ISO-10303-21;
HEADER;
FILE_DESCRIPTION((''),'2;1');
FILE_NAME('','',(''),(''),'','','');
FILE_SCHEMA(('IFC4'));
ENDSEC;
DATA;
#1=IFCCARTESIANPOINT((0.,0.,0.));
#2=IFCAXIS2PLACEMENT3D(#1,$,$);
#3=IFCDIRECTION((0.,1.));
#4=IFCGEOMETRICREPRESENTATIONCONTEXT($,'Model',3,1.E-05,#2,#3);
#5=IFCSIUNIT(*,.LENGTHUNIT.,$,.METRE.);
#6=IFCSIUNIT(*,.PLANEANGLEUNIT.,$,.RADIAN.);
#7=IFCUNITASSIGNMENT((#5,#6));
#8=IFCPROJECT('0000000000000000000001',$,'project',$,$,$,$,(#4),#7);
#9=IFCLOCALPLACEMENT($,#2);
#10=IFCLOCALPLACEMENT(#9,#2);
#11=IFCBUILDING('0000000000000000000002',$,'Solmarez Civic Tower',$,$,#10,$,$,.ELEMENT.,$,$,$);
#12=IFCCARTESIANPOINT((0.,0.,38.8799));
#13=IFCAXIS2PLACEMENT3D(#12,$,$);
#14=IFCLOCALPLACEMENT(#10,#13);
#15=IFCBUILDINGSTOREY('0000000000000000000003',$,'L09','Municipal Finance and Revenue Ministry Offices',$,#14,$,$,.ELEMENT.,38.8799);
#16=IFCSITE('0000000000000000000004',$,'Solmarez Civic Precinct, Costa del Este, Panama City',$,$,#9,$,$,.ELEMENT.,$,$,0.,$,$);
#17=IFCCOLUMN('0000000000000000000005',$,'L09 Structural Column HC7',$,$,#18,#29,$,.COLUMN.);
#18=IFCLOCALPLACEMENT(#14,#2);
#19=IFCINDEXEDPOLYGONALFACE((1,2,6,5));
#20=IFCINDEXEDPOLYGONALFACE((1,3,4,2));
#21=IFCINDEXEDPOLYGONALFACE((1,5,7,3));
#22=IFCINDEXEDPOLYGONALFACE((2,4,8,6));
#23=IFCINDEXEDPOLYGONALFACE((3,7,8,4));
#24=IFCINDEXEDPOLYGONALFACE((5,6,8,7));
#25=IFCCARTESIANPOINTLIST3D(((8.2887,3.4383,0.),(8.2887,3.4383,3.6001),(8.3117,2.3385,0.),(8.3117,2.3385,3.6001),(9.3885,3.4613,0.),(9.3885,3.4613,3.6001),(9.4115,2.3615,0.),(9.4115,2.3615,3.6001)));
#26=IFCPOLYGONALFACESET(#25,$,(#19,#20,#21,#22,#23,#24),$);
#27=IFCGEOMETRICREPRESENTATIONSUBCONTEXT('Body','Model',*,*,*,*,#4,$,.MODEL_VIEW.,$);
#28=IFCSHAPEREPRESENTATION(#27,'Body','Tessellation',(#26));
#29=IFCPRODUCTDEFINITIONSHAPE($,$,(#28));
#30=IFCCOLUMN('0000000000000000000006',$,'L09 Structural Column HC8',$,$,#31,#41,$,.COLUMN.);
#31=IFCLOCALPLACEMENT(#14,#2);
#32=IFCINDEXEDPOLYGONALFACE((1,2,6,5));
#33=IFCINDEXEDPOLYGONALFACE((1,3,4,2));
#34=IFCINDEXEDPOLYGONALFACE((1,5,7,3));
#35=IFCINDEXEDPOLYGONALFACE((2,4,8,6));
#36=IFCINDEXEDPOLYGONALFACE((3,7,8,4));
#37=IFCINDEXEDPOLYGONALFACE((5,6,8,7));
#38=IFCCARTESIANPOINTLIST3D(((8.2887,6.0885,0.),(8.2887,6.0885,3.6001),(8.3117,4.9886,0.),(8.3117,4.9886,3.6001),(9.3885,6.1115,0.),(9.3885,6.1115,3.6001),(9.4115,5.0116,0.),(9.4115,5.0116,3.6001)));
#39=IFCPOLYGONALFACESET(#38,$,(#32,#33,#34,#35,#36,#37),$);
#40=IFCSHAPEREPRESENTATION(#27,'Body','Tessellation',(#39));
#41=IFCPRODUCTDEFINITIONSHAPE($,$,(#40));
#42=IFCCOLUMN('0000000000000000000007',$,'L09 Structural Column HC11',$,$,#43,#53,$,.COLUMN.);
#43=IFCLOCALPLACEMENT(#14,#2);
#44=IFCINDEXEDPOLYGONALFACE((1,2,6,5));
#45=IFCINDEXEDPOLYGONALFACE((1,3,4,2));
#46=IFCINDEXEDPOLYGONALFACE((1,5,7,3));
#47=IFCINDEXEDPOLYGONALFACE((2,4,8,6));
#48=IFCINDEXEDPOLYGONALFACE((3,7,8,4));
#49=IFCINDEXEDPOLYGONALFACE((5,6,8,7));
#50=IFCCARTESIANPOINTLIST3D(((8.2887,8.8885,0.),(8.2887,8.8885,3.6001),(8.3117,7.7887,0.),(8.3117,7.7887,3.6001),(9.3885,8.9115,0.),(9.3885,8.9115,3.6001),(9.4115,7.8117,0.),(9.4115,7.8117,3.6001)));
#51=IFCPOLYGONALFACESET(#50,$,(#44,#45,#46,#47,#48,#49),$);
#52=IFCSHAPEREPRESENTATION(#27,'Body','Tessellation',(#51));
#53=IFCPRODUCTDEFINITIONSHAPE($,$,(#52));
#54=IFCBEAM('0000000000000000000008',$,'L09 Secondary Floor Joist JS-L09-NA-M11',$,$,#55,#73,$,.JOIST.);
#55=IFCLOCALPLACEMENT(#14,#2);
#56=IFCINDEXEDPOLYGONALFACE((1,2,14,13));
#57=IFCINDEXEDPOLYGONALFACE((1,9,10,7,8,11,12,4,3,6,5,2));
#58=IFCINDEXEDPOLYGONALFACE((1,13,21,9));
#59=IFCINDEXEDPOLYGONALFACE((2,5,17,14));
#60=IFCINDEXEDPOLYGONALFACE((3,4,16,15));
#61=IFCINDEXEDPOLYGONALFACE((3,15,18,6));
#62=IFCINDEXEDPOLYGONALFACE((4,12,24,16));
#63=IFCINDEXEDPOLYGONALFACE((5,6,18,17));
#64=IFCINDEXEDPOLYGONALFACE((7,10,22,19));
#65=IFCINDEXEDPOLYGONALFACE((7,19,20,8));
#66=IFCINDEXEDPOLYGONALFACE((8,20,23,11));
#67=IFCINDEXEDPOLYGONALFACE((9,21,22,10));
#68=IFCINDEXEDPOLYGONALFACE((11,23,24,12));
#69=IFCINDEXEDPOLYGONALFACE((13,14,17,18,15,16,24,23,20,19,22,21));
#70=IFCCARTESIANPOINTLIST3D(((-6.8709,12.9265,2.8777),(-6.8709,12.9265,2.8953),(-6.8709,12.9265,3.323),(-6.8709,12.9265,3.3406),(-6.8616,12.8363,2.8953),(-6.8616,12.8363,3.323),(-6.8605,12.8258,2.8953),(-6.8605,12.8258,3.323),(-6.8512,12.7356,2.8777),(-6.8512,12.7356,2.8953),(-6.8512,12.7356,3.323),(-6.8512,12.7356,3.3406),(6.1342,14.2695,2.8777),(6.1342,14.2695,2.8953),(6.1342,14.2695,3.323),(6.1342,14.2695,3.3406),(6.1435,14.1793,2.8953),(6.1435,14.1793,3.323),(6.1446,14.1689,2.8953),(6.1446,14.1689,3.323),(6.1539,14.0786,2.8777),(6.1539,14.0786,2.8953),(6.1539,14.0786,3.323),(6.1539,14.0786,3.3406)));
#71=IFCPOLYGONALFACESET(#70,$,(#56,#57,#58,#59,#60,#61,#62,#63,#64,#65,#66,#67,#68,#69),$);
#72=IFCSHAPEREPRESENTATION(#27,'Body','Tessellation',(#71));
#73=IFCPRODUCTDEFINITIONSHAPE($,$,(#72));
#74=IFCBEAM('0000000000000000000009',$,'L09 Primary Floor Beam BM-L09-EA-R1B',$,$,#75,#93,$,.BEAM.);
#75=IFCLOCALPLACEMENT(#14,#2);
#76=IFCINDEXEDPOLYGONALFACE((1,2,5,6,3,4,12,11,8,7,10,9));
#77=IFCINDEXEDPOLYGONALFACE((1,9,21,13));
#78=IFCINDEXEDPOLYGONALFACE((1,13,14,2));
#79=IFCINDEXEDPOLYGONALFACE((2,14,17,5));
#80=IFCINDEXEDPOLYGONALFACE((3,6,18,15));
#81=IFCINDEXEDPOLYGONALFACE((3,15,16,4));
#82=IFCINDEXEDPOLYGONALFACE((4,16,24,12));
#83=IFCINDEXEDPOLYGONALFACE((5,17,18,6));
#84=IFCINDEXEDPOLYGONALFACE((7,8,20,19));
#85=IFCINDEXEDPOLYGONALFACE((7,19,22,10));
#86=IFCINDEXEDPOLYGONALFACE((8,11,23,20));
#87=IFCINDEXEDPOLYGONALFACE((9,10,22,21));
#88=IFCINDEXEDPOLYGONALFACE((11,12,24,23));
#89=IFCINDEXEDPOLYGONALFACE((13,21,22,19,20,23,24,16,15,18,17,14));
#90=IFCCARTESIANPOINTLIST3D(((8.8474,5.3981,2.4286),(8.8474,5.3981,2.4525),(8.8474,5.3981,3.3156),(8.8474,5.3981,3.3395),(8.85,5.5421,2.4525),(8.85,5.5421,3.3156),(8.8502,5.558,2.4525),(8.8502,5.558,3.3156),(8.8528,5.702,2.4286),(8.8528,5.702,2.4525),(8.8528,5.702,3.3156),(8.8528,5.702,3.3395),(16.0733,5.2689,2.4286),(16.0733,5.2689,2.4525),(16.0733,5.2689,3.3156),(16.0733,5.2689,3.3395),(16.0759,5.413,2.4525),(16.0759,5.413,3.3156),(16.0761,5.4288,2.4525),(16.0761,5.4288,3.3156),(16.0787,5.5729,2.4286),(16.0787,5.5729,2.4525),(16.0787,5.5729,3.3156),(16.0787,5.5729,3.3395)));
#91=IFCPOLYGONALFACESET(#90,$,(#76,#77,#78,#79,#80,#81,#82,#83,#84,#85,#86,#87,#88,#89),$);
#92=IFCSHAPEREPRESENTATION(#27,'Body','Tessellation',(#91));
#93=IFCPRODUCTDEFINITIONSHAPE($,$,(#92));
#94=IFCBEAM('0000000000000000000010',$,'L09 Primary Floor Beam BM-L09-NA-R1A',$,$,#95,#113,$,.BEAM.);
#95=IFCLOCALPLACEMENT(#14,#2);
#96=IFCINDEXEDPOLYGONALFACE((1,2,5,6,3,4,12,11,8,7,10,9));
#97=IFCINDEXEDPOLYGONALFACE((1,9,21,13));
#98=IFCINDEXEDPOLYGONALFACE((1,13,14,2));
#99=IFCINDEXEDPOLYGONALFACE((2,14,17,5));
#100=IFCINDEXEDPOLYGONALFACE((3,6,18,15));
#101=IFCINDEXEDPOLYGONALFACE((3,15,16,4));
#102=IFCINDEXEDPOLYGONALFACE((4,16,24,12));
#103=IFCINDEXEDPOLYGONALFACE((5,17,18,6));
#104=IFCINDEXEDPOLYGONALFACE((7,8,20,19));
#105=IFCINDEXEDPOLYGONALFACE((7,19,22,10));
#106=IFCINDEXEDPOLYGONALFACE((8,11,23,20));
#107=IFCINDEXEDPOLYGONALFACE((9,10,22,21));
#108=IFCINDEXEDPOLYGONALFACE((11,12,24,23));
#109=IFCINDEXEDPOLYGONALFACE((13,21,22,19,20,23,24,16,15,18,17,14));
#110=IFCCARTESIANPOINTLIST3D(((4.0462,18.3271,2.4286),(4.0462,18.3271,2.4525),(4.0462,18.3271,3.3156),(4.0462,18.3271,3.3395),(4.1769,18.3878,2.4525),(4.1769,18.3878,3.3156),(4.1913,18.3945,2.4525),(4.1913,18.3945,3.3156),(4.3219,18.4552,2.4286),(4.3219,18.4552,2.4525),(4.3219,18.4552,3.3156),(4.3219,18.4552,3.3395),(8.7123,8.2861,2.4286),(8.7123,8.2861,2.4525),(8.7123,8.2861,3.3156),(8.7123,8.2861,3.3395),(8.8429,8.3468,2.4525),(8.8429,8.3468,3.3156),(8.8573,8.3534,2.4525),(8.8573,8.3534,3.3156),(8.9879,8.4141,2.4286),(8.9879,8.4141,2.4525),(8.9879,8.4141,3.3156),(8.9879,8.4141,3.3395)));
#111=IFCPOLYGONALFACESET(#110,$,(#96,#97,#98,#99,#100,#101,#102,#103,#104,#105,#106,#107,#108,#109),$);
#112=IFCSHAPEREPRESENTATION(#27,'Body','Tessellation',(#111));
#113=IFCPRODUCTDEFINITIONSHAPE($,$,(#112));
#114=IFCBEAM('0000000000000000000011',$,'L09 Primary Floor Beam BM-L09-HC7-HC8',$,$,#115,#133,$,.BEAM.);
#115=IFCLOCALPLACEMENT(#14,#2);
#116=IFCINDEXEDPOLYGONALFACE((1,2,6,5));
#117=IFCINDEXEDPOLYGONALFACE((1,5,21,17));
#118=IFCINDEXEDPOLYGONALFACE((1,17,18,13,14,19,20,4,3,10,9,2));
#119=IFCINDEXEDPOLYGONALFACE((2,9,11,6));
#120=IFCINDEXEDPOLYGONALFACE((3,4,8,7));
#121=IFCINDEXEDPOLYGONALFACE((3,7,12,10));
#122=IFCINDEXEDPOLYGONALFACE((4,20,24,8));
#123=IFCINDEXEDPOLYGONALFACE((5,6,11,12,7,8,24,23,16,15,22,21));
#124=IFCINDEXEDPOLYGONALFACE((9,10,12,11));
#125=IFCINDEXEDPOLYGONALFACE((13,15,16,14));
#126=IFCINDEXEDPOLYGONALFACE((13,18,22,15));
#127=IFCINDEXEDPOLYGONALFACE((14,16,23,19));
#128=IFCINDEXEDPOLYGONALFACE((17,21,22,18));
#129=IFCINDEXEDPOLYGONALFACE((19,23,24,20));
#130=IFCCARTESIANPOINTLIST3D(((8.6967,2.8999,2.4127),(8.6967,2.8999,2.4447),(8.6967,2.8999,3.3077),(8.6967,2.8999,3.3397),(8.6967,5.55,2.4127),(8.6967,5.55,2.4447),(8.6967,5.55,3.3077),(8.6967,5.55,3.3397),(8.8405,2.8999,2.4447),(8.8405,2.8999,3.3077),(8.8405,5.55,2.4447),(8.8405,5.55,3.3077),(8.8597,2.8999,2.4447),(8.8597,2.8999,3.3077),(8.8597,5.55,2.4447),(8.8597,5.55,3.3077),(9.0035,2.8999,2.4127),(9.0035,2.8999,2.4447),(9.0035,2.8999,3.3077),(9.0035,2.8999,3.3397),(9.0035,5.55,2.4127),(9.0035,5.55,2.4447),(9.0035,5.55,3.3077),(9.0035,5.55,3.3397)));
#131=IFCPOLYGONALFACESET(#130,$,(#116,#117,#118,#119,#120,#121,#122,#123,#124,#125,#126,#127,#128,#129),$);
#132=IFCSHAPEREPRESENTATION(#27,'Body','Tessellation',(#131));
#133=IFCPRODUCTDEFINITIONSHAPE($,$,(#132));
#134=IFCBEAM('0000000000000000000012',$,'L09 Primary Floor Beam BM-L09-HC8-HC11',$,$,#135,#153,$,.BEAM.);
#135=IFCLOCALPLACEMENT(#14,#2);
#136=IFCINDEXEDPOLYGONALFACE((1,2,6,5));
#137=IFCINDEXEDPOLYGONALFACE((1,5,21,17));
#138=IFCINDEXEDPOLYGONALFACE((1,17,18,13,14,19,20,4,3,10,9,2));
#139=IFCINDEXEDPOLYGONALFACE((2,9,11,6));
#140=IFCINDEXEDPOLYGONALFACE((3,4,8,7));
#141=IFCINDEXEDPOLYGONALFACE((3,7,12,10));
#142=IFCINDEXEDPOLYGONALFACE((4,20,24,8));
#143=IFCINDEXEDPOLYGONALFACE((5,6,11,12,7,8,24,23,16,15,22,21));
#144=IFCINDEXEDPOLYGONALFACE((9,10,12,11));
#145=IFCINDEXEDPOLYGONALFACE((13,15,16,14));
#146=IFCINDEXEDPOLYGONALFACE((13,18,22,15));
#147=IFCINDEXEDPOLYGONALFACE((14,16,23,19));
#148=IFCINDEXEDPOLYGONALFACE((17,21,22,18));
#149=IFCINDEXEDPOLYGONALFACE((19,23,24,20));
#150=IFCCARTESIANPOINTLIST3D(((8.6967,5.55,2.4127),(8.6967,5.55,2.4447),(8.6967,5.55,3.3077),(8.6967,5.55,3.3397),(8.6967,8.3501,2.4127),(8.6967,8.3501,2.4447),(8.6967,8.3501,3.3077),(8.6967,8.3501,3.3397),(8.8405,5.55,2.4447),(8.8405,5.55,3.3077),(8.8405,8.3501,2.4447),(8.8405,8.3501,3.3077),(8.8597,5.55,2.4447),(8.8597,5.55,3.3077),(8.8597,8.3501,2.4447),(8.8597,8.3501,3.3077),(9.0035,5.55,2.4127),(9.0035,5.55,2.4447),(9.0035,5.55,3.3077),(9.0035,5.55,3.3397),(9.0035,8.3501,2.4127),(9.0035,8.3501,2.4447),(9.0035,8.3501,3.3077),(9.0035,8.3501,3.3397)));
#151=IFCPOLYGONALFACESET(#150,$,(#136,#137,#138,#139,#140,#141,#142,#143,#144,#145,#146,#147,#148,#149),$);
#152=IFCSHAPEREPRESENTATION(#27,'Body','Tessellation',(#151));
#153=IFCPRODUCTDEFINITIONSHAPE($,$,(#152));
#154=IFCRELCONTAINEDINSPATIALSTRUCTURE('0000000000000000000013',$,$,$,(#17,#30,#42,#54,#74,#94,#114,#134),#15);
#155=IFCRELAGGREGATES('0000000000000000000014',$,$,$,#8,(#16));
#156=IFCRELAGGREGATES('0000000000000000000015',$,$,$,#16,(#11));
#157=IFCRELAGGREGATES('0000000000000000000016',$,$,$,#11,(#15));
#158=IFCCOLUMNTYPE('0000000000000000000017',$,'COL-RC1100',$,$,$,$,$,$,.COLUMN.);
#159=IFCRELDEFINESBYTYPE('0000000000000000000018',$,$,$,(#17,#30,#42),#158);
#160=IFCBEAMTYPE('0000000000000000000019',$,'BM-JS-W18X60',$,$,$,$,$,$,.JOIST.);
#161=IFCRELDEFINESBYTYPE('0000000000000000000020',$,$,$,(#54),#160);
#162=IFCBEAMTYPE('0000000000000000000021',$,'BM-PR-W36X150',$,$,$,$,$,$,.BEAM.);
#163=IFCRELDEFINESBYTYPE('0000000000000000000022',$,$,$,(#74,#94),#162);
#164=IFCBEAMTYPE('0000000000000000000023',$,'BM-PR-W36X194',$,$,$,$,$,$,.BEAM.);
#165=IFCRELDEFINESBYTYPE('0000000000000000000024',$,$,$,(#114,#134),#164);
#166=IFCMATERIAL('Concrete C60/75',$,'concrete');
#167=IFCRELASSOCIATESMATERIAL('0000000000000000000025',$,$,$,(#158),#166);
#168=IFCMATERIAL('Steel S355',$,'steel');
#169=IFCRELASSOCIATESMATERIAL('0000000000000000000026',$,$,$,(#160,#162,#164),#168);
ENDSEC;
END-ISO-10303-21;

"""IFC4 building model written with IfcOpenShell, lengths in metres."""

from ifc_helpers import new_model, si_unit, direction, frame, origin, origin_2d, place, context, subcontext, project, spatial, rectangle, i_section, extrude, material, material_profile, profile_set, type_object, element, save


model = new_model("IFC4")

# Units and contexts
model_context = context("Model", 3, precision=1e-05, world=origin(), true_north=direction((0.0, 1.0)))
body_context = subcontext(model_context, "Body", "Model", "MODEL_VIEW")
ifc_project = project(units=[si_unit("LENGTHUNIT", "METRE"), si_unit("PLANEANGLEUNIT", "RADIAN")], contexts=[model_context])

# Site, building, storey
site_placement = place(None, origin())
site = spatial("IfcSite", under=ifc_project, at=site_placement, Name="Solmarez Civic Precinct, Costa del Este, Panama City", CompositionType="ELEMENT", RefElevation=0.0)
building_placement = place(site_placement, origin())
building = spatial("IfcBuilding", under=site, at=building_placement, Name="Solmarez Civic Tower", CompositionType="ELEMENT")
storey_placement = place(building_placement, frame((0.0, 0.0, 38.8799)))
storey = spatial("IfcBuildingStorey", under=building, at=storey_placement, Name="L09", Description="Municipal Finance and Revenue Ministry Offices", CompositionType="ELEMENT", Elevation=38.8799)

# Columns
ifc_material_1 = material(Name="Concrete C60/75", Category="concrete")
ifc_material_profile_1 = material_profile(ifc_material_1, rectangle(XDim=1.1001, YDim=1.1001, at=origin_2d()), Name="RC1100X1100")
ifc_profile_set_1 = profile_set([ifc_material_profile_1], Name="Concrete C60/75")
column_type = type_object("IfcColumnType", Name="COL-RC1100", PredefinedType="COLUMN", material=ifc_profile_set_1)
for number, where, z_axis, x_axis, name in (
    (1, (8.8501, 2.8999, 0.0), (0.0, 0.0, 1.0), (0.999781, 0.020942, 0.0), "L09 Structural Column HC7"),
    (2, (8.8501, 5.55, 0.0), (0.0, 0.0, 1.0), (0.999781, 0.020942, 0.0), "L09 Structural Column HC8"),
    (3, (8.8501, 8.3501, 0.0), (0.0, 0.0, 1.0), (0.999781, 0.020942, 0.0), "L09 Structural Column HC11"),
):
    element("IfcColumn", number, at=place(storey_placement, frame(where, z_axis=z_axis, x_axis=x_axis)), inside=storey, type_object=column_type, Name=name, PredefinedType="COLUMN", context=body_context, shape_type="SweptSolid", body=[
        extrude(rectangle(XDim=1.1001, YDim=1.1001, at=origin_2d()), origin(), (0.0, 0.0, 1.0), 3.6001),
    ])

# Beams
ifc_material_2 = material(Name="Steel S355", Category="steel")
ifc_material_profile_2 = material_profile(ifc_material_2, i_section(OverallWidth=0.1919, OverallDepth=0.4629, WebThickness=0.0105, FlangeThickness=0.0176, at=origin_2d()), Name="W18X60")
ifc_profile_set_2 = profile_set([ifc_material_profile_2], Name="Steel S355")
beam_type_1 = type_object("IfcBeamType", Name="BM-JS-W18X60", PredefinedType="JOIST", material=ifc_profile_set_2)
beam_1_placement = place(storey_placement, frame((6.144, 14.1741, 3.1091), z_axis=(-0.99471, -0.102722, 0.0), x_axis=(0.102722, -0.99471, 0.0)))
element("IfcBeam", 4, at=beam_1_placement, inside=storey, type_object=beam_type_1, Name="L09 Secondary Floor Joist JS-L09-NA-M11", PredefinedType="JOIST", context=body_context, shape_type="SweptSolid", body=[
    extrude(i_section(OverallWidth=0.1919, OverallDepth=0.4629, WebThickness=0.0105, FlangeThickness=0.0176, at=origin_2d()), origin(), (0.0, 0.0, 1.0), 13.0742),
])
ifc_material_profile_3 = material_profile(ifc_material_2, i_section(OverallWidth=0.304, OverallDepth=0.9109, WebThickness=0.0159, FlangeThickness=0.0239, at=origin_2d()), Name="W36X150")
ifc_profile_set_3 = profile_set([ifc_material_profile_3], Name="Steel S355")
beam_type_2 = type_object("IfcBeamType", Name="BM-PR-W36X150", PredefinedType="BEAM", material=ifc_profile_set_3)
beam_2_placement = place(storey_placement, frame((8.8501, 5.55, 2.884), z_axis=(0.99984, -0.017871, 0.0), x_axis=(0.017871, 0.99984, 0.0)))
element("IfcBeam", 5, at=beam_2_placement, inside=storey, type_object=beam_type_2, Name="L09 Primary Floor Beam BM-L09-EA-R1B", PredefinedType="BEAM", context=body_context, shape_type="SweptSolid", body=[
    extrude(i_section(OverallWidth=0.304, OverallDepth=0.9109, WebThickness=0.0159, FlangeThickness=0.0239, at=origin_2d()), origin(), (0.0, 0.0, 1.0), 7.2271),
])
beam_3_placement = place(storey_placement, frame((8.8501, 8.3501, 2.884), z_axis=(-0.421417, 0.906867, 0.0), x_axis=(-0.906867, -0.421417, 0.0)))
element("IfcBeam", 6, at=beam_3_placement, inside=storey, type_object=beam_type_2, Name="L09 Primary Floor Beam BM-L09-NA-R1A", PredefinedType="BEAM", context=body_context, shape_type="SweptSolid", body=[
    extrude(i_section(OverallWidth=0.304, OverallDepth=0.9109, WebThickness=0.0159, FlangeThickness=0.0239, at=origin_2d()), origin(), (0.0, 0.0, 1.0), 11.0723),
])
ifc_material_profile_4 = material_profile(ifc_material_2, i_section(OverallWidth=0.3069, OverallDepth=0.927, WebThickness=0.0193, FlangeThickness=0.032, at=origin_2d()), Name="W36X194")
ifc_profile_set_4 = profile_set([ifc_material_profile_4], Name="Steel S355")
beam_type_3 = type_object("IfcBeamType", Name="BM-PR-W36X194", PredefinedType="BEAM", material=ifc_profile_set_4)
beam_4_placement = place(storey_placement, frame((8.8501, 2.8999, 2.8762), z_axis=(0.0, 1.0, 0.0), x_axis=(-1.0, 0.0, 0.0)))
element("IfcBeam", 7, at=beam_4_placement, inside=storey, type_object=beam_type_3, Name="L09 Primary Floor Beam BM-L09-HC7-HC8", PredefinedType="BEAM", context=body_context, shape_type="SweptSolid", body=[
    extrude(i_section(OverallWidth=0.3069, OverallDepth=0.927, WebThickness=0.0193, FlangeThickness=0.032, at=origin_2d()), origin(), (0.0, 0.0, 1.0), 2.6501),
])
beam_5_placement = place(storey_placement, frame((8.8501, 5.55, 2.8762), z_axis=(0.0, 1.0, 0.0), x_axis=(-1.0, 0.0, 0.0)))
element("IfcBeam", 8, at=beam_5_placement, inside=storey, type_object=beam_type_3, Name="L09 Primary Floor Beam BM-L09-HC8-HC11", PredefinedType="BEAM", context=body_context, shape_type="SweptSolid", body=[
    extrude(i_section(OverallWidth=0.3069, OverallDepth=0.927, WebThickness=0.0193, FlangeThickness=0.032, at=origin_2d()), origin(), (0.0, 0.0, 1.0), 2.8),
])

save(model, "model.ifc")
